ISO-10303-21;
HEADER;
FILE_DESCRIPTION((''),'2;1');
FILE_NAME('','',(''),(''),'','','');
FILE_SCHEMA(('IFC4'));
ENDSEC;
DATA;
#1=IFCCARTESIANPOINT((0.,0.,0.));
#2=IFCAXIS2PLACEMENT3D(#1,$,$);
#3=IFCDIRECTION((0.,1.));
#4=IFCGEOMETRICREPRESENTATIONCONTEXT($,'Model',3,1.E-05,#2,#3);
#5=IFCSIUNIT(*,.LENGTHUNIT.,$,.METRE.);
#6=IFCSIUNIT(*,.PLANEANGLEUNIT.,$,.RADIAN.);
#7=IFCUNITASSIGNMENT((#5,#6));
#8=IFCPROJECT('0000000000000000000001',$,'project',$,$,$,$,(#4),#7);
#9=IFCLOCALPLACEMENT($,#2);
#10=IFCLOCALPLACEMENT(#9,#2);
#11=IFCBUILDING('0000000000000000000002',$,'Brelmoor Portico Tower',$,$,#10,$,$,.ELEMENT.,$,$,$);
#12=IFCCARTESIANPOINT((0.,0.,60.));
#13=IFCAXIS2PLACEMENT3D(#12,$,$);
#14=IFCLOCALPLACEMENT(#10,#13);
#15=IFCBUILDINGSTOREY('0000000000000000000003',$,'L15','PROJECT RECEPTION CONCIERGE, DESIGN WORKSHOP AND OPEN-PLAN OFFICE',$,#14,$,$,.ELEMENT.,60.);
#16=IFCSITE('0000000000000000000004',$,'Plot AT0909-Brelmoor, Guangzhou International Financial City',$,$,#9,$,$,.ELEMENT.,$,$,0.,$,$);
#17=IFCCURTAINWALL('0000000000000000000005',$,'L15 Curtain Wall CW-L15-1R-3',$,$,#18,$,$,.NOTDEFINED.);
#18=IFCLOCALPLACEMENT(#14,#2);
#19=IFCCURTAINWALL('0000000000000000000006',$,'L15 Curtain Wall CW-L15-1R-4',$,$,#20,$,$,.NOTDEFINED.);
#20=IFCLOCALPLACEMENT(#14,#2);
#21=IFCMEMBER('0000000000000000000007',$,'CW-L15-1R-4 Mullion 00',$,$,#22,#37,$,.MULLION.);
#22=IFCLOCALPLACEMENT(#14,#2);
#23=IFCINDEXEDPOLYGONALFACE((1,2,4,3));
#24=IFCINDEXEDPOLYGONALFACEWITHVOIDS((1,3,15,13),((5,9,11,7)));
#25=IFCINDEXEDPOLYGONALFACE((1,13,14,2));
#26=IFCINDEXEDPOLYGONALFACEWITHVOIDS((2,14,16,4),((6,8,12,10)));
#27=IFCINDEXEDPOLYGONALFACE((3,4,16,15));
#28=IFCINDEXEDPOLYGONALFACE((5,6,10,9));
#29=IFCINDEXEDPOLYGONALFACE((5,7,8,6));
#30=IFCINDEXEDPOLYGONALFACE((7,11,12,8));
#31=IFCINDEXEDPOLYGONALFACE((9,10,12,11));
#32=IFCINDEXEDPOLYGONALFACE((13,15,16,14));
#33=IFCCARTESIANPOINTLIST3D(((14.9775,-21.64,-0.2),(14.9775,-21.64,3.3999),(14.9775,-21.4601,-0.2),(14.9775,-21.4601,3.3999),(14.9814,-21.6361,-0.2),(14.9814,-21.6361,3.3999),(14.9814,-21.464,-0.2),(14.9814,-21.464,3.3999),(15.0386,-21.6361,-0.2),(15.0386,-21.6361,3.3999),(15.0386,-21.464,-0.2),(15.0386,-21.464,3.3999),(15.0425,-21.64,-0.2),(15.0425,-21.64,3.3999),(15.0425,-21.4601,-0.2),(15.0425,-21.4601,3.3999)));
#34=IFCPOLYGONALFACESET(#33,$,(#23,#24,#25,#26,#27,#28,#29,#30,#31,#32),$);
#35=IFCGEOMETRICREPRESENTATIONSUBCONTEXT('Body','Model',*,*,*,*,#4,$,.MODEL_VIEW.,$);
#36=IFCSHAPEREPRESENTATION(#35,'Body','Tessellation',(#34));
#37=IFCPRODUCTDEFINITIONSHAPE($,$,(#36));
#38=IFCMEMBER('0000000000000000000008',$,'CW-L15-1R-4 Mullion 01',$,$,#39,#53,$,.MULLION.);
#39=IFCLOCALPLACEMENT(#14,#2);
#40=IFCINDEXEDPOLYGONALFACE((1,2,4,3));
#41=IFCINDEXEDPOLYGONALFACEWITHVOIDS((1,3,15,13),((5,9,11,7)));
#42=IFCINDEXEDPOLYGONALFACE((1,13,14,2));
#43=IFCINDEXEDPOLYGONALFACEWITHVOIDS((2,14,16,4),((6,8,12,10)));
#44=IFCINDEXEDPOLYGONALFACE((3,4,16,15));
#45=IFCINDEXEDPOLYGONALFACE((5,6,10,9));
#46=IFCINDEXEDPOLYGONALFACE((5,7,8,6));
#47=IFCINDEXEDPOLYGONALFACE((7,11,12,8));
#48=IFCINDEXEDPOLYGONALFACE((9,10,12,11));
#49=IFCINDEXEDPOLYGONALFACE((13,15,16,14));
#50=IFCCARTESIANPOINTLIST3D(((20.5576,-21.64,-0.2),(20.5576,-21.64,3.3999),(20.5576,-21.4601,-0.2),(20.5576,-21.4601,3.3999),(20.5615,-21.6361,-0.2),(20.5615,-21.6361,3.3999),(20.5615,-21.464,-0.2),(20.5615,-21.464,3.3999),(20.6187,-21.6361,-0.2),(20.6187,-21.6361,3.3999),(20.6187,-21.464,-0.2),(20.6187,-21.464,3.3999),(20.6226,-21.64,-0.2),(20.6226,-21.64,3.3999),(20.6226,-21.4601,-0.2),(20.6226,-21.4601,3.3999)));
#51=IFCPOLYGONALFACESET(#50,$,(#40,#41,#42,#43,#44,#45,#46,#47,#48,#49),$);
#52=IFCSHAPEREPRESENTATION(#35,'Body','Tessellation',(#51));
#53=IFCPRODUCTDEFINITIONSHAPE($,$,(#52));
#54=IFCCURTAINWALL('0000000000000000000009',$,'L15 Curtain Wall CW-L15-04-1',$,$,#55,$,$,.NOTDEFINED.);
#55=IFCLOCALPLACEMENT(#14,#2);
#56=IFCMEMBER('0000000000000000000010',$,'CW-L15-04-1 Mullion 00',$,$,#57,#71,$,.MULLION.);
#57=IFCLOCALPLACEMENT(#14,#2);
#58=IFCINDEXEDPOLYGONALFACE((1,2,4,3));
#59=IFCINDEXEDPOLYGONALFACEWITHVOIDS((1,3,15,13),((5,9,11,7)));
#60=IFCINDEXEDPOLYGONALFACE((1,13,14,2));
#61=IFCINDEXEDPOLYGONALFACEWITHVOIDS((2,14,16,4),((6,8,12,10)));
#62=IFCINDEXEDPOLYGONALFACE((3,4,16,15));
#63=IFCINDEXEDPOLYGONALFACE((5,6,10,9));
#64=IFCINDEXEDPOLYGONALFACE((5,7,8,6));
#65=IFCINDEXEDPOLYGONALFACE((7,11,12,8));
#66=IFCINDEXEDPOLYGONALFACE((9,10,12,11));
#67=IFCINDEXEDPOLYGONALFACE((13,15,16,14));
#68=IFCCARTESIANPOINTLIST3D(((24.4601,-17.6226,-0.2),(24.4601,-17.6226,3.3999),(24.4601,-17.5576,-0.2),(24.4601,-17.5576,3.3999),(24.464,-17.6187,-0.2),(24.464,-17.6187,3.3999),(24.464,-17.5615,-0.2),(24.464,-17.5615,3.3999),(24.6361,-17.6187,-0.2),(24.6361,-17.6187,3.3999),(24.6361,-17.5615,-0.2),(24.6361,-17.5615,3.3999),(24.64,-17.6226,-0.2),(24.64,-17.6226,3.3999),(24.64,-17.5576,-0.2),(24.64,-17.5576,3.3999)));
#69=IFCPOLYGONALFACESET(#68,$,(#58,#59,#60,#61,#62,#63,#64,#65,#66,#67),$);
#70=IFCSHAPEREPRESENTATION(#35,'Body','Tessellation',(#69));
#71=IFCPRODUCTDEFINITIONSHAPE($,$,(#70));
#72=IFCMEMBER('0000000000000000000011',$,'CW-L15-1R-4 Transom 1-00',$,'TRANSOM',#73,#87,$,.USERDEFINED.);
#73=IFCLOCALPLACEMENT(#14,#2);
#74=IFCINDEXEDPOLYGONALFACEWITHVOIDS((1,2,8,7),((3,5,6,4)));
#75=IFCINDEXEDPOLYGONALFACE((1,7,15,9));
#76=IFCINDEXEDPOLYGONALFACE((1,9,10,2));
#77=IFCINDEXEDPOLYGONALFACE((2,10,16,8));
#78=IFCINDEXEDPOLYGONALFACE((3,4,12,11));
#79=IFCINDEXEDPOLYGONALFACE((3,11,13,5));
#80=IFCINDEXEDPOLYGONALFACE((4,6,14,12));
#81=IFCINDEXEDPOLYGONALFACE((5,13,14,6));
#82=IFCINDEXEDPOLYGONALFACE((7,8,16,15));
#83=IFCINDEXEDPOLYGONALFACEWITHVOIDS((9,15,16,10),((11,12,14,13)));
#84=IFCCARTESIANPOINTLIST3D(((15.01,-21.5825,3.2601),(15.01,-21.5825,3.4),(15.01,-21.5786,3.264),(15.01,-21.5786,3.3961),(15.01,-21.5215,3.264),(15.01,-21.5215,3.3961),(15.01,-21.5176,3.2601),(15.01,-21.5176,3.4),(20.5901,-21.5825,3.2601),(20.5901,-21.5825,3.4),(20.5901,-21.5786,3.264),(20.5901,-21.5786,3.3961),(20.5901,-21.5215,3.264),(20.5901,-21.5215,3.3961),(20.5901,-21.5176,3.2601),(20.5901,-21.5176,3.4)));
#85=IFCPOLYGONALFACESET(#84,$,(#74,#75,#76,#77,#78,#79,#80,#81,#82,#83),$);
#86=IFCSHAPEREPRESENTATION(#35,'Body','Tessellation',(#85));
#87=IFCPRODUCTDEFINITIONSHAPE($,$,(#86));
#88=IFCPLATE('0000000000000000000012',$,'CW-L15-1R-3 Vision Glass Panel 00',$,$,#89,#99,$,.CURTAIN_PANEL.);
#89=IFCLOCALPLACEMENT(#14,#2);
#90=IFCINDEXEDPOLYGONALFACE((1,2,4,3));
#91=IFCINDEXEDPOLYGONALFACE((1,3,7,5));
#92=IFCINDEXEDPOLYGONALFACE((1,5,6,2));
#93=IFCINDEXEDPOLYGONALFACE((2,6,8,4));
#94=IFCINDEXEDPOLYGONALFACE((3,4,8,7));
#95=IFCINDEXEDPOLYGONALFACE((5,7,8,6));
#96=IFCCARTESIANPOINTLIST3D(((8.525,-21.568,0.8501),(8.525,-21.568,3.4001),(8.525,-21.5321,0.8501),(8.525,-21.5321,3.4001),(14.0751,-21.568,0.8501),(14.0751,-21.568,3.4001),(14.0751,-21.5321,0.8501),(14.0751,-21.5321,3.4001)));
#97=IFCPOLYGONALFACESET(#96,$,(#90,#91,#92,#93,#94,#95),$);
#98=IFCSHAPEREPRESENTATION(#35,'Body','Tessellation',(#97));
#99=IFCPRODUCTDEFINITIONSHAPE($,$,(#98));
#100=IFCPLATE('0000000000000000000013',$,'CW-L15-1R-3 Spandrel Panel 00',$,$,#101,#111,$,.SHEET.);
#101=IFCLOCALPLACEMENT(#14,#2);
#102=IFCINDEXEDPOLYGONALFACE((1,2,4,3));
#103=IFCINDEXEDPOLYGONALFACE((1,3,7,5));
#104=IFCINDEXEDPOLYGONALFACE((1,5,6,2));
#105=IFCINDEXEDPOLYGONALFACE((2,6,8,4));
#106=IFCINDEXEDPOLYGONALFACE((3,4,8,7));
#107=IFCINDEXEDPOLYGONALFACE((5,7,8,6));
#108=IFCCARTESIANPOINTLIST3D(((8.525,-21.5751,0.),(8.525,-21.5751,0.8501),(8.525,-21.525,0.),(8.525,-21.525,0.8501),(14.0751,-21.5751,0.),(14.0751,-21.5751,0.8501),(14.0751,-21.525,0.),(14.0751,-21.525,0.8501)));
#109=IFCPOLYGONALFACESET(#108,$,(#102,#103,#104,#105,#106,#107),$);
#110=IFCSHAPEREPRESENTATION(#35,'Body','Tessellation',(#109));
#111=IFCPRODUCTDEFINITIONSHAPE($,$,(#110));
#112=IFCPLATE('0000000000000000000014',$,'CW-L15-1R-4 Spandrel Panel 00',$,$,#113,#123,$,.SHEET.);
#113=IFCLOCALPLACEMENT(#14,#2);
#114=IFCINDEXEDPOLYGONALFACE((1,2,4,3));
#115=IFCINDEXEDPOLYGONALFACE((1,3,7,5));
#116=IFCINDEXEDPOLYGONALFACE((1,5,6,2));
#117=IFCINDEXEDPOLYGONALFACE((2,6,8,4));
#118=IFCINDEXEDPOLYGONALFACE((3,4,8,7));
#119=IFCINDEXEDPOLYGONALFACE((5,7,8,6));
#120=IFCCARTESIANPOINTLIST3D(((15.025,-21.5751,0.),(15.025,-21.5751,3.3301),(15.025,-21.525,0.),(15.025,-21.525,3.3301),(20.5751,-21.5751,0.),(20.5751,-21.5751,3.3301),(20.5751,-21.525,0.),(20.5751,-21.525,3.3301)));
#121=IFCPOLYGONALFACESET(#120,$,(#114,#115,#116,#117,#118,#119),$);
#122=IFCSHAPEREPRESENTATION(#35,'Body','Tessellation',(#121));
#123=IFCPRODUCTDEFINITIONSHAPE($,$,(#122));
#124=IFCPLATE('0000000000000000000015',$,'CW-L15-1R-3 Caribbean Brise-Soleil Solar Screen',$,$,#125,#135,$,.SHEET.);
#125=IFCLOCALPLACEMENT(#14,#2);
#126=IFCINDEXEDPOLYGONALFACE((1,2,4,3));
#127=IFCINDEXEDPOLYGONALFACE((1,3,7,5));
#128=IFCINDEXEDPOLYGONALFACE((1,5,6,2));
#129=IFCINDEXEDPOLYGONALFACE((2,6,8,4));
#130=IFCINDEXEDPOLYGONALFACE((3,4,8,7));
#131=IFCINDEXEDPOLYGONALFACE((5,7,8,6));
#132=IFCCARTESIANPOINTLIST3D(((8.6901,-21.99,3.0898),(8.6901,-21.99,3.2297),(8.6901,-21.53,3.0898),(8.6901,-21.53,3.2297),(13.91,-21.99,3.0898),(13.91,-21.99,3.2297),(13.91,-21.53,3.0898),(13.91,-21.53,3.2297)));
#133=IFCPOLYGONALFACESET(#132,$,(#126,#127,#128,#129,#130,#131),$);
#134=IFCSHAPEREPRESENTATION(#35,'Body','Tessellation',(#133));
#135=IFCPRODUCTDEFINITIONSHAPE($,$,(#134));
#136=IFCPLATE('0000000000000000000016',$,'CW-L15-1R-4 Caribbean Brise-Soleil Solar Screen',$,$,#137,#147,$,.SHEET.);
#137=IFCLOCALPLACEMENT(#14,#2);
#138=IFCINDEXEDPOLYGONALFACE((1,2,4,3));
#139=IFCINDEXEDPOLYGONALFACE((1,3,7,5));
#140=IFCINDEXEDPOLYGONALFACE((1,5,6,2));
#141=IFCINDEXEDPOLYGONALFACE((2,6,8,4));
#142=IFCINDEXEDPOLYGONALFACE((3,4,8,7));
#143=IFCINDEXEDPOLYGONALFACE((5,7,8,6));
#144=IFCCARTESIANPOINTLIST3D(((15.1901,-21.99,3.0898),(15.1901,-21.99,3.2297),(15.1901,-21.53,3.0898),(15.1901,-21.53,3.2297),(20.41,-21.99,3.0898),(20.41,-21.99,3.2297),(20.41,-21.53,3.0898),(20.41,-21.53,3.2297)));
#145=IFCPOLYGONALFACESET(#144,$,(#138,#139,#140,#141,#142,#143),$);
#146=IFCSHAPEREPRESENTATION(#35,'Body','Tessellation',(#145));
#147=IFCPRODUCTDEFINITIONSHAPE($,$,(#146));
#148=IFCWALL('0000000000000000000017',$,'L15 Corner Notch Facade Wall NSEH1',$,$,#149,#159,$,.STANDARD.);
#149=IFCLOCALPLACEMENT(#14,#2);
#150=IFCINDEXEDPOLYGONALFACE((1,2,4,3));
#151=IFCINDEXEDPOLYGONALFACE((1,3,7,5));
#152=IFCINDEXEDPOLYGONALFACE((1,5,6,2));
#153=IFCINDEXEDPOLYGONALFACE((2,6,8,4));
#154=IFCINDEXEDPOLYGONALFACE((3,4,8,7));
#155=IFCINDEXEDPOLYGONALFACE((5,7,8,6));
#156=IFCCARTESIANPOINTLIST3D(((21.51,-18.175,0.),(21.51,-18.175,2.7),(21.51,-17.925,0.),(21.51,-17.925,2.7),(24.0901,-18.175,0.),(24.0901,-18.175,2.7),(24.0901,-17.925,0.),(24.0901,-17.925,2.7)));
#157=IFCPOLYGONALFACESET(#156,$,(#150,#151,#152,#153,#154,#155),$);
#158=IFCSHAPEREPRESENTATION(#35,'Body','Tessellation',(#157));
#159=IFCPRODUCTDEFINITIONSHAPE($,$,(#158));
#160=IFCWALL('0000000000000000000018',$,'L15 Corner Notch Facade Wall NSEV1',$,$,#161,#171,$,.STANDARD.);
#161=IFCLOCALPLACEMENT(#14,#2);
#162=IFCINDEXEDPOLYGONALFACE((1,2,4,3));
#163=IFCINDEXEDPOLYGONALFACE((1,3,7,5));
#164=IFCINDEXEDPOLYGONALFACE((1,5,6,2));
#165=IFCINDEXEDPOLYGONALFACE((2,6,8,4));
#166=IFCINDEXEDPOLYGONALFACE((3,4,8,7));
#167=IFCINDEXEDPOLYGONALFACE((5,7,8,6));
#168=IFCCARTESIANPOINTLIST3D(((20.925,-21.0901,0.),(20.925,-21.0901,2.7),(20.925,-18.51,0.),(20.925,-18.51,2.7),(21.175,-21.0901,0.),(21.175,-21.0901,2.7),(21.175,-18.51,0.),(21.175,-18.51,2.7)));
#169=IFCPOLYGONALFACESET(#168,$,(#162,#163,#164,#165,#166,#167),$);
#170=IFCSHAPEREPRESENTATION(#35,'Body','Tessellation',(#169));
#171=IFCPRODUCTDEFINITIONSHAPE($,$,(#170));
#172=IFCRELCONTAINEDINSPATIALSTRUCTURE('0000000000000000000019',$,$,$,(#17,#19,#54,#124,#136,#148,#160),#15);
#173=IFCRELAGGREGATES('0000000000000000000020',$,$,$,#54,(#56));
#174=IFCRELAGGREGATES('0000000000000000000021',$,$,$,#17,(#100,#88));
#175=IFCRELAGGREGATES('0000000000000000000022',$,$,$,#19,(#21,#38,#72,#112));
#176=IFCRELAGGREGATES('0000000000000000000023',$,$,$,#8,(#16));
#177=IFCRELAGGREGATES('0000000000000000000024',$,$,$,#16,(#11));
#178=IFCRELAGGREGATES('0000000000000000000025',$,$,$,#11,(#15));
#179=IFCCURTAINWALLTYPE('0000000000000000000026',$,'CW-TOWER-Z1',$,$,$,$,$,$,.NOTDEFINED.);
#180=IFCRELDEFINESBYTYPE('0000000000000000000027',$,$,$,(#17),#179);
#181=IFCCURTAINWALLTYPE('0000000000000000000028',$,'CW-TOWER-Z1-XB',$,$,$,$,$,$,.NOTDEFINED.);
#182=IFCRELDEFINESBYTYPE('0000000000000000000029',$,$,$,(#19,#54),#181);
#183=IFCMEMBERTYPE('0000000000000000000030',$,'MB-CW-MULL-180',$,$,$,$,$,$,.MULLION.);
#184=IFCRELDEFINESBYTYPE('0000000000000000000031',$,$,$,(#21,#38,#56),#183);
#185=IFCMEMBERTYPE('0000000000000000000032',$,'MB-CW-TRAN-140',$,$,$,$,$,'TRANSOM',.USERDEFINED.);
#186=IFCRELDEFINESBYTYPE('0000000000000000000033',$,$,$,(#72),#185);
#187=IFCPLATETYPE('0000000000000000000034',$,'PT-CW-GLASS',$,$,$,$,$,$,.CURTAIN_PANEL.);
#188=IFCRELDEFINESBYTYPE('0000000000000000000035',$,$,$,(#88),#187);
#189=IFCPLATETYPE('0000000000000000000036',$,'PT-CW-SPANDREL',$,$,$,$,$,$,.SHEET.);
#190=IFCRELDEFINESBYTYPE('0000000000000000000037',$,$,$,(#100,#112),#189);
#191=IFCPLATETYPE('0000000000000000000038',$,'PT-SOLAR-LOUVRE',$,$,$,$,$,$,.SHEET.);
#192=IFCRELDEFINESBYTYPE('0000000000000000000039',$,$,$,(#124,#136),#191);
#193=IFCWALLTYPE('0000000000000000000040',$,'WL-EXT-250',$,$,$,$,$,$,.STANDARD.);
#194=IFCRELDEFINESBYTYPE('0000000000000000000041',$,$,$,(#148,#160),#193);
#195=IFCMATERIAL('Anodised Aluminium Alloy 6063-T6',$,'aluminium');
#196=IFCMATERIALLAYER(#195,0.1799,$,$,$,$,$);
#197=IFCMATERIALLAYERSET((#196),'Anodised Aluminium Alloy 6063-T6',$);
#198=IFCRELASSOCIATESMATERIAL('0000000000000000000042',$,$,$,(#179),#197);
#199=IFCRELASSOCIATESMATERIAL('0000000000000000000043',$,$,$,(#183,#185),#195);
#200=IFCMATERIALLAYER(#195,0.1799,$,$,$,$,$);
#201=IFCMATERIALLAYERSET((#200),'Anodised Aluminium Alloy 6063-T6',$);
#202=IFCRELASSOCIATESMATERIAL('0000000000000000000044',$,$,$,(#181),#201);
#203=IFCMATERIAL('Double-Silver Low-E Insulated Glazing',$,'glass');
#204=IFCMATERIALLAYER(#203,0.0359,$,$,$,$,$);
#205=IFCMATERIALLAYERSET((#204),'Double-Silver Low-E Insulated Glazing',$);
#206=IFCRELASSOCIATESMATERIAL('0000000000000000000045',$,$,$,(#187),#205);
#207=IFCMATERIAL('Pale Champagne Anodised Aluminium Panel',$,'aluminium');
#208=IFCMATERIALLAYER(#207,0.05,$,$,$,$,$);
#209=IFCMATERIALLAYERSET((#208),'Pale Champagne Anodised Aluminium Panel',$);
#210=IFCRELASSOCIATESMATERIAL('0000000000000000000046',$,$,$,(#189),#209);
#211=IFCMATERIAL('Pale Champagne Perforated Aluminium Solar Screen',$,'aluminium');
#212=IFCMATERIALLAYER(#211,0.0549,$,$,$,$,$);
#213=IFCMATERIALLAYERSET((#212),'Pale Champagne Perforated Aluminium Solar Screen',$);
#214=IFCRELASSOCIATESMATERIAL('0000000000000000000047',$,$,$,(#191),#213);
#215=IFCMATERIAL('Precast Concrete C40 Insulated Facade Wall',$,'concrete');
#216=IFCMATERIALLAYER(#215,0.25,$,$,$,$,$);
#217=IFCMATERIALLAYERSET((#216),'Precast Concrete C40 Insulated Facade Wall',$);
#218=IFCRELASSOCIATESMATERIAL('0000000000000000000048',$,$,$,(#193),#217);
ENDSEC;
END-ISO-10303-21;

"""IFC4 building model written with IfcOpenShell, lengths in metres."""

from ifc_helpers import new_model, si_unit, direction, frame, frame_2d, origin, origin_2d, place, context, subcontext, project, spatial, rectangle, hollow_rectangle, extrude, material, layer, layer_set, material_profile, profile_set, type_object, element, aggregate, save


model = new_model("IFC4")

# Units and contexts
model_context = context("Model", 3, precision=1e-05, world=origin(), true_north=direction((0.0, 1.0)))
body_context = subcontext(model_context, "Body", "Model", "MODEL_VIEW")
ifc_project = project(units=[si_unit("LENGTHUNIT", "METRE"), si_unit("PLANEANGLEUNIT", "RADIAN")], contexts=[model_context])

# Site, building, storey
site_placement = place(None, origin())
site = spatial("IfcSite", under=ifc_project, at=site_placement, Name="Plot AT0909-Brelmoor, Guangzhou International Financial City", CompositionType="ELEMENT", RefElevation=0.0)
building_placement = place(site_placement, origin())
building = spatial("IfcBuilding", under=site, at=building_placement, Name="Brelmoor Portico Tower", CompositionType="ELEMENT")
storey_placement = place(building_placement, frame((0.0, 0.0, 60.0)))
storey = spatial("IfcBuildingStorey", under=building, at=storey_placement, Name="L15", Description="PROJECT RECEPTION CONCIERGE, DESIGN WORKSHOP AND OPEN-PLAN OFFICE", CompositionType="ELEMENT", Elevation=60.0)

# Curtain wall
ifc_material_1 = material(Name="Anodised Aluminium Alloy 6063-T6", Category="aluminium")
ifc_layer_1 = layer(ifc_material_1, 0.1799)
ifc_layer_set_1 = layer_set([ifc_layer_1], Name="Anodised Aluminium Alloy 6063-T6")
curtain_wall_type_1 = type_object("IfcCurtainWallType", Name="CW-TOWER-Z1", PredefinedType="NOTDEFINED", material=ifc_layer_set_1)
curtain_wall_1_placement = place(storey_placement, origin())
curtain_wall_1 = element("IfcCurtainWall", 1, at=curtain_wall_1_placement, inside=storey, type_object=curtain_wall_type_1, Name="L15 Curtain Wall CW-L15-1R-3", PredefinedType="NOTDEFINED")
ifc_material_profile_1 = material_profile(ifc_material_1, hollow_rectangle(XDim=0.0649, YDim=0.1799, WallThickness=0.0039, at=origin_2d()), Name="ALU MULLION 65x180")
ifc_profile_set_1 = profile_set([ifc_material_profile_1], Name="Anodised Aluminium Alloy 6063-T6")
member_type_1 = type_object("IfcMemberType", Name="MB-CW-MULL-180", PredefinedType="MULLION", material=ifc_profile_set_1)

# Curtain wall, members
ifc_layer_2 = layer(ifc_material_1, 0.1799)
ifc_layer_set_2 = layer_set([ifc_layer_2], Name="Anodised Aluminium Alloy 6063-T6")
curtain_wall_type_2 = type_object("IfcCurtainWallType", Name="CW-TOWER-Z1-XB", PredefinedType="NOTDEFINED", material=ifc_layer_set_2)
curtain_wall_2_placement = place(storey_placement, origin())
curtain_wall_2 = element("IfcCurtainWall", 2, at=curtain_wall_2_placement, inside=storey, type_object=curtain_wall_type_2, Name="L15 Curtain Wall CW-L15-1R-4", PredefinedType="NOTDEFINED")
member_1_placement = place(storey_placement, frame((15.01, -21.55, -0.2), z_axis=(0.0, 0.0, 1.0), x_axis=(1.0, 0.0, 0.0)))
member_1 = element("IfcMember", 3, at=member_1_placement, type_object=member_type_1, Name="CW-L15-1R-4 Mullion 00", PredefinedType="MULLION", context=body_context, shape_type="SweptSolid", body=[
    extrude(hollow_rectangle(XDim=0.0649, YDim=0.1799, WallThickness=0.0039, at=origin_2d()), origin(), (0.0, 0.0, 1.0), 3.5999),
])
member_2_placement = place(storey_placement, frame((20.5901, -21.55, -0.2), z_axis=(0.0, 0.0, 1.0), x_axis=(1.0, 0.0, 0.0)))
member_2 = element("IfcMember", 4, at=member_2_placement, type_object=member_type_1, Name="CW-L15-1R-4 Mullion 01", PredefinedType="MULLION", context=body_context, shape_type="SweptSolid", body=[
    extrude(hollow_rectangle(XDim=0.0649, YDim=0.1799, WallThickness=0.0039, at=origin_2d()), origin(), (0.0, 0.0, 1.0), 3.5999),
])

# Curtain wall, member
curtain_wall_3_placement = place(storey_placement, origin())
curtain_wall_3 = element("IfcCurtainWall", 5, at=curtain_wall_3_placement, inside=storey, type_object=curtain_wall_type_2, Name="L15 Curtain Wall CW-L15-04-1", PredefinedType="NOTDEFINED")
member_3_placement = place(storey_placement, frame((24.55, -17.5901, -0.2), z_axis=(0.0, 0.0, 1.0), x_axis=(0.0, 1.0, 0.0)))
member_3 = element("IfcMember", 6, at=member_3_placement, type_object=member_type_1, Name="CW-L15-04-1 Mullion 00", PredefinedType="MULLION", context=body_context, shape_type="SweptSolid", body=[
    extrude(hollow_rectangle(XDim=0.0649, YDim=0.1799, WallThickness=0.0039, at=origin_2d()), origin(), (0.0, 0.0, 1.0), 3.5999),
])
aggregate(curtain_wall_3, [member_3])

# Member
ifc_material_profile_2 = material_profile(ifc_material_1, hollow_rectangle(XDim=0.0649, YDim=0.1399, WallThickness=0.0039, at=origin_2d()), Name="ALU TRANSOM 65x140")
ifc_profile_set_2 = profile_set([ifc_material_profile_2], Name="Anodised Aluminium Alloy 6063-T6")
member_type_2 = type_object("IfcMemberType", Name="MB-CW-TRAN-140", ElementType="TRANSOM", PredefinedType="USERDEFINED", material=ifc_profile_set_2)
member_4_placement = place(storey_placement, frame((15.01, -21.55, 3.3301), z_axis=(1.0, 0.0, 0.0), x_axis=(0.0, 1.0, 0.0)))
member_4 = element("IfcMember", 7, at=member_4_placement, type_object=member_type_2, Name="CW-L15-1R-4 Transom 1-00", ObjectType="TRANSOM", PredefinedType="USERDEFINED", context=body_context, shape_type="SweptSolid", body=[
    extrude(hollow_rectangle(XDim=0.0649, YDim=0.1399, WallThickness=0.0039, at=origin_2d()), origin(), (0.0, 0.0, 1.0), 5.5801),
])

# Plates
ifc_material_2 = material(Name="Double-Silver Low-E Insulated Glazing", Category="glass")
ifc_layer_3 = layer(ifc_material_2, 0.0359)
ifc_layer_set_3 = layer_set([ifc_layer_3], Name="Double-Silver Low-E Insulated Glazing")
plate_type_1 = type_object("IfcPlateType", Name="PT-CW-GLASS", PredefinedType="CURTAIN_PANEL", material=ifc_layer_set_3)
plate_1_placement = place(storey_placement, frame((11.3, -21.55, 0.8501), z_axis=(0.0, 0.0, 1.0), x_axis=(1.0, 0.0, 0.0)))
plate_1 = element("IfcPlate", 8, at=plate_1_placement, type_object=plate_type_1, Name="CW-L15-1R-3 Vision Glass Panel 00", PredefinedType="CURTAIN_PANEL", context=body_context, shape_type="SweptSolid", body=[
    extrude(rectangle(XDim=5.55, YDim=0.0359, at=origin_2d()), origin(), (0.0, 0.0, 1.0), 2.55),
])
ifc_material_3 = material(Name="Pale Champagne Anodised Aluminium Panel", Category="aluminium")
ifc_layer_4 = layer(ifc_material_3, 0.05)
ifc_layer_set_4 = layer_set([ifc_layer_4], Name="Pale Champagne Anodised Aluminium Panel")
plate_type_2 = type_object("IfcPlateType", Name="PT-CW-SPANDREL", PredefinedType="SHEET", material=ifc_layer_set_4)
plate_2_placement = place(storey_placement, frame((11.3, -21.55, 0.0), z_axis=(0.0, 0.0, 1.0), x_axis=(1.0, 0.0, 0.0)))
plate_2 = element("IfcPlate", 9, at=plate_2_placement, type_object=plate_type_2, Name="CW-L15-1R-3 Spandrel Panel 00", PredefinedType="SHEET", context=body_context, shape_type="SweptSolid", body=[
    extrude(rectangle(XDim=5.55, YDim=0.05, at=origin_2d()), origin(), (0.0, 0.0, 1.0), 0.8501),
])
aggregate(curtain_wall_1, [plate_2, plate_1])
plate_3_placement = place(storey_placement, frame((17.8, -21.55, 0.0), z_axis=(0.0, 0.0, 1.0), x_axis=(1.0, 0.0, 0.0)))
plate_3 = element("IfcPlate", 10, at=plate_3_placement, type_object=plate_type_2, Name="CW-L15-1R-4 Spandrel Panel 00", PredefinedType="SHEET", context=body_context, shape_type="SweptSolid", body=[
    extrude(rectangle(XDim=5.55, YDim=0.05, at=origin_2d()), origin(), (0.0, 0.0, 1.0), 3.3301),
])
aggregate(curtain_wall_2, [member_1, member_2, member_4, plate_3])

# Plates
ifc_material_4 = material(Name="Pale Champagne Perforated Aluminium Solar Screen", Category="aluminium")
ifc_layer_5 = layer(ifc_material_4, 0.0549)
ifc_layer_set_5 = layer_set([ifc_layer_5], Name="Pale Champagne Perforated Aluminium Solar Screen")
plate_type_3 = type_object("IfcPlateType", Name="PT-SOLAR-LOUVRE", PredefinedType="SHEET", material=ifc_layer_set_5)
for number, where, z_axis, x_axis, name in (
    (11, (11.3, -21.76, 3.0898), (0.0, 0.0, 1.0), (1.0, 0.0, 0.0), "CW-L15-1R-3 Caribbean Brise-Soleil Solar Screen"),
    (12, (17.8, -21.76, 3.0898), (0.0, 0.0, 1.0), (1.0, 0.0, 0.0), "CW-L15-1R-4 Caribbean Brise-Soleil Solar Screen"),
):
    element("IfcPlate", number, at=place(storey_placement, frame(where, z_axis=z_axis, x_axis=x_axis)), inside=storey, type_object=plate_type_3, Name=name, PredefinedType="SHEET", context=body_context, shape_type="SweptSolid", body=[
        extrude(rectangle(XDim=5.22, YDim=0.46, at=origin_2d()), origin(), (0.0, 0.0, 1.0), 0.1399),
    ])

# Walls
ifc_material_5 = material(Name="Precast Concrete C40 Insulated Facade Wall", Category="concrete")
ifc_layer_6 = layer(ifc_material_5, 0.25)
ifc_layer_set_6 = layer_set([ifc_layer_6], Name="Precast Concrete C40 Insulated Facade Wall")
wall_type_1 = type_object("IfcWallType", Name="WL-EXT-250", PredefinedType="STANDARD", material=ifc_layer_set_6)
for number, where, z_axis, x_axis, name in (
    (13, (21.51, -18.05, 0.0), (0.0, 0.0, 1.0), (1.0, 0.0, 0.0), "L15 Corner Notch Facade Wall NSEH1"),
    (14, (21.05, -21.0901, 0.0), (0.0, 0.0, 1.0), (0.0, 1.0, 0.0), "L15 Corner Notch Facade Wall NSEV1"),
):
    element("IfcWall", number, at=place(storey_placement, frame(where, z_axis=z_axis, x_axis=x_axis)), inside=storey, type_object=wall_type_1, Name=name, PredefinedType="STANDARD", context=body_context, shape_type="SweptSolid", body=[
        extrude(rectangle(XDim=2.5801, YDim=0.25, at=frame_2d((1.29, 0.0))), origin(), (0.0, 0.0, 1.0), 2.7),
    ])

save(model, "model.ifc")
